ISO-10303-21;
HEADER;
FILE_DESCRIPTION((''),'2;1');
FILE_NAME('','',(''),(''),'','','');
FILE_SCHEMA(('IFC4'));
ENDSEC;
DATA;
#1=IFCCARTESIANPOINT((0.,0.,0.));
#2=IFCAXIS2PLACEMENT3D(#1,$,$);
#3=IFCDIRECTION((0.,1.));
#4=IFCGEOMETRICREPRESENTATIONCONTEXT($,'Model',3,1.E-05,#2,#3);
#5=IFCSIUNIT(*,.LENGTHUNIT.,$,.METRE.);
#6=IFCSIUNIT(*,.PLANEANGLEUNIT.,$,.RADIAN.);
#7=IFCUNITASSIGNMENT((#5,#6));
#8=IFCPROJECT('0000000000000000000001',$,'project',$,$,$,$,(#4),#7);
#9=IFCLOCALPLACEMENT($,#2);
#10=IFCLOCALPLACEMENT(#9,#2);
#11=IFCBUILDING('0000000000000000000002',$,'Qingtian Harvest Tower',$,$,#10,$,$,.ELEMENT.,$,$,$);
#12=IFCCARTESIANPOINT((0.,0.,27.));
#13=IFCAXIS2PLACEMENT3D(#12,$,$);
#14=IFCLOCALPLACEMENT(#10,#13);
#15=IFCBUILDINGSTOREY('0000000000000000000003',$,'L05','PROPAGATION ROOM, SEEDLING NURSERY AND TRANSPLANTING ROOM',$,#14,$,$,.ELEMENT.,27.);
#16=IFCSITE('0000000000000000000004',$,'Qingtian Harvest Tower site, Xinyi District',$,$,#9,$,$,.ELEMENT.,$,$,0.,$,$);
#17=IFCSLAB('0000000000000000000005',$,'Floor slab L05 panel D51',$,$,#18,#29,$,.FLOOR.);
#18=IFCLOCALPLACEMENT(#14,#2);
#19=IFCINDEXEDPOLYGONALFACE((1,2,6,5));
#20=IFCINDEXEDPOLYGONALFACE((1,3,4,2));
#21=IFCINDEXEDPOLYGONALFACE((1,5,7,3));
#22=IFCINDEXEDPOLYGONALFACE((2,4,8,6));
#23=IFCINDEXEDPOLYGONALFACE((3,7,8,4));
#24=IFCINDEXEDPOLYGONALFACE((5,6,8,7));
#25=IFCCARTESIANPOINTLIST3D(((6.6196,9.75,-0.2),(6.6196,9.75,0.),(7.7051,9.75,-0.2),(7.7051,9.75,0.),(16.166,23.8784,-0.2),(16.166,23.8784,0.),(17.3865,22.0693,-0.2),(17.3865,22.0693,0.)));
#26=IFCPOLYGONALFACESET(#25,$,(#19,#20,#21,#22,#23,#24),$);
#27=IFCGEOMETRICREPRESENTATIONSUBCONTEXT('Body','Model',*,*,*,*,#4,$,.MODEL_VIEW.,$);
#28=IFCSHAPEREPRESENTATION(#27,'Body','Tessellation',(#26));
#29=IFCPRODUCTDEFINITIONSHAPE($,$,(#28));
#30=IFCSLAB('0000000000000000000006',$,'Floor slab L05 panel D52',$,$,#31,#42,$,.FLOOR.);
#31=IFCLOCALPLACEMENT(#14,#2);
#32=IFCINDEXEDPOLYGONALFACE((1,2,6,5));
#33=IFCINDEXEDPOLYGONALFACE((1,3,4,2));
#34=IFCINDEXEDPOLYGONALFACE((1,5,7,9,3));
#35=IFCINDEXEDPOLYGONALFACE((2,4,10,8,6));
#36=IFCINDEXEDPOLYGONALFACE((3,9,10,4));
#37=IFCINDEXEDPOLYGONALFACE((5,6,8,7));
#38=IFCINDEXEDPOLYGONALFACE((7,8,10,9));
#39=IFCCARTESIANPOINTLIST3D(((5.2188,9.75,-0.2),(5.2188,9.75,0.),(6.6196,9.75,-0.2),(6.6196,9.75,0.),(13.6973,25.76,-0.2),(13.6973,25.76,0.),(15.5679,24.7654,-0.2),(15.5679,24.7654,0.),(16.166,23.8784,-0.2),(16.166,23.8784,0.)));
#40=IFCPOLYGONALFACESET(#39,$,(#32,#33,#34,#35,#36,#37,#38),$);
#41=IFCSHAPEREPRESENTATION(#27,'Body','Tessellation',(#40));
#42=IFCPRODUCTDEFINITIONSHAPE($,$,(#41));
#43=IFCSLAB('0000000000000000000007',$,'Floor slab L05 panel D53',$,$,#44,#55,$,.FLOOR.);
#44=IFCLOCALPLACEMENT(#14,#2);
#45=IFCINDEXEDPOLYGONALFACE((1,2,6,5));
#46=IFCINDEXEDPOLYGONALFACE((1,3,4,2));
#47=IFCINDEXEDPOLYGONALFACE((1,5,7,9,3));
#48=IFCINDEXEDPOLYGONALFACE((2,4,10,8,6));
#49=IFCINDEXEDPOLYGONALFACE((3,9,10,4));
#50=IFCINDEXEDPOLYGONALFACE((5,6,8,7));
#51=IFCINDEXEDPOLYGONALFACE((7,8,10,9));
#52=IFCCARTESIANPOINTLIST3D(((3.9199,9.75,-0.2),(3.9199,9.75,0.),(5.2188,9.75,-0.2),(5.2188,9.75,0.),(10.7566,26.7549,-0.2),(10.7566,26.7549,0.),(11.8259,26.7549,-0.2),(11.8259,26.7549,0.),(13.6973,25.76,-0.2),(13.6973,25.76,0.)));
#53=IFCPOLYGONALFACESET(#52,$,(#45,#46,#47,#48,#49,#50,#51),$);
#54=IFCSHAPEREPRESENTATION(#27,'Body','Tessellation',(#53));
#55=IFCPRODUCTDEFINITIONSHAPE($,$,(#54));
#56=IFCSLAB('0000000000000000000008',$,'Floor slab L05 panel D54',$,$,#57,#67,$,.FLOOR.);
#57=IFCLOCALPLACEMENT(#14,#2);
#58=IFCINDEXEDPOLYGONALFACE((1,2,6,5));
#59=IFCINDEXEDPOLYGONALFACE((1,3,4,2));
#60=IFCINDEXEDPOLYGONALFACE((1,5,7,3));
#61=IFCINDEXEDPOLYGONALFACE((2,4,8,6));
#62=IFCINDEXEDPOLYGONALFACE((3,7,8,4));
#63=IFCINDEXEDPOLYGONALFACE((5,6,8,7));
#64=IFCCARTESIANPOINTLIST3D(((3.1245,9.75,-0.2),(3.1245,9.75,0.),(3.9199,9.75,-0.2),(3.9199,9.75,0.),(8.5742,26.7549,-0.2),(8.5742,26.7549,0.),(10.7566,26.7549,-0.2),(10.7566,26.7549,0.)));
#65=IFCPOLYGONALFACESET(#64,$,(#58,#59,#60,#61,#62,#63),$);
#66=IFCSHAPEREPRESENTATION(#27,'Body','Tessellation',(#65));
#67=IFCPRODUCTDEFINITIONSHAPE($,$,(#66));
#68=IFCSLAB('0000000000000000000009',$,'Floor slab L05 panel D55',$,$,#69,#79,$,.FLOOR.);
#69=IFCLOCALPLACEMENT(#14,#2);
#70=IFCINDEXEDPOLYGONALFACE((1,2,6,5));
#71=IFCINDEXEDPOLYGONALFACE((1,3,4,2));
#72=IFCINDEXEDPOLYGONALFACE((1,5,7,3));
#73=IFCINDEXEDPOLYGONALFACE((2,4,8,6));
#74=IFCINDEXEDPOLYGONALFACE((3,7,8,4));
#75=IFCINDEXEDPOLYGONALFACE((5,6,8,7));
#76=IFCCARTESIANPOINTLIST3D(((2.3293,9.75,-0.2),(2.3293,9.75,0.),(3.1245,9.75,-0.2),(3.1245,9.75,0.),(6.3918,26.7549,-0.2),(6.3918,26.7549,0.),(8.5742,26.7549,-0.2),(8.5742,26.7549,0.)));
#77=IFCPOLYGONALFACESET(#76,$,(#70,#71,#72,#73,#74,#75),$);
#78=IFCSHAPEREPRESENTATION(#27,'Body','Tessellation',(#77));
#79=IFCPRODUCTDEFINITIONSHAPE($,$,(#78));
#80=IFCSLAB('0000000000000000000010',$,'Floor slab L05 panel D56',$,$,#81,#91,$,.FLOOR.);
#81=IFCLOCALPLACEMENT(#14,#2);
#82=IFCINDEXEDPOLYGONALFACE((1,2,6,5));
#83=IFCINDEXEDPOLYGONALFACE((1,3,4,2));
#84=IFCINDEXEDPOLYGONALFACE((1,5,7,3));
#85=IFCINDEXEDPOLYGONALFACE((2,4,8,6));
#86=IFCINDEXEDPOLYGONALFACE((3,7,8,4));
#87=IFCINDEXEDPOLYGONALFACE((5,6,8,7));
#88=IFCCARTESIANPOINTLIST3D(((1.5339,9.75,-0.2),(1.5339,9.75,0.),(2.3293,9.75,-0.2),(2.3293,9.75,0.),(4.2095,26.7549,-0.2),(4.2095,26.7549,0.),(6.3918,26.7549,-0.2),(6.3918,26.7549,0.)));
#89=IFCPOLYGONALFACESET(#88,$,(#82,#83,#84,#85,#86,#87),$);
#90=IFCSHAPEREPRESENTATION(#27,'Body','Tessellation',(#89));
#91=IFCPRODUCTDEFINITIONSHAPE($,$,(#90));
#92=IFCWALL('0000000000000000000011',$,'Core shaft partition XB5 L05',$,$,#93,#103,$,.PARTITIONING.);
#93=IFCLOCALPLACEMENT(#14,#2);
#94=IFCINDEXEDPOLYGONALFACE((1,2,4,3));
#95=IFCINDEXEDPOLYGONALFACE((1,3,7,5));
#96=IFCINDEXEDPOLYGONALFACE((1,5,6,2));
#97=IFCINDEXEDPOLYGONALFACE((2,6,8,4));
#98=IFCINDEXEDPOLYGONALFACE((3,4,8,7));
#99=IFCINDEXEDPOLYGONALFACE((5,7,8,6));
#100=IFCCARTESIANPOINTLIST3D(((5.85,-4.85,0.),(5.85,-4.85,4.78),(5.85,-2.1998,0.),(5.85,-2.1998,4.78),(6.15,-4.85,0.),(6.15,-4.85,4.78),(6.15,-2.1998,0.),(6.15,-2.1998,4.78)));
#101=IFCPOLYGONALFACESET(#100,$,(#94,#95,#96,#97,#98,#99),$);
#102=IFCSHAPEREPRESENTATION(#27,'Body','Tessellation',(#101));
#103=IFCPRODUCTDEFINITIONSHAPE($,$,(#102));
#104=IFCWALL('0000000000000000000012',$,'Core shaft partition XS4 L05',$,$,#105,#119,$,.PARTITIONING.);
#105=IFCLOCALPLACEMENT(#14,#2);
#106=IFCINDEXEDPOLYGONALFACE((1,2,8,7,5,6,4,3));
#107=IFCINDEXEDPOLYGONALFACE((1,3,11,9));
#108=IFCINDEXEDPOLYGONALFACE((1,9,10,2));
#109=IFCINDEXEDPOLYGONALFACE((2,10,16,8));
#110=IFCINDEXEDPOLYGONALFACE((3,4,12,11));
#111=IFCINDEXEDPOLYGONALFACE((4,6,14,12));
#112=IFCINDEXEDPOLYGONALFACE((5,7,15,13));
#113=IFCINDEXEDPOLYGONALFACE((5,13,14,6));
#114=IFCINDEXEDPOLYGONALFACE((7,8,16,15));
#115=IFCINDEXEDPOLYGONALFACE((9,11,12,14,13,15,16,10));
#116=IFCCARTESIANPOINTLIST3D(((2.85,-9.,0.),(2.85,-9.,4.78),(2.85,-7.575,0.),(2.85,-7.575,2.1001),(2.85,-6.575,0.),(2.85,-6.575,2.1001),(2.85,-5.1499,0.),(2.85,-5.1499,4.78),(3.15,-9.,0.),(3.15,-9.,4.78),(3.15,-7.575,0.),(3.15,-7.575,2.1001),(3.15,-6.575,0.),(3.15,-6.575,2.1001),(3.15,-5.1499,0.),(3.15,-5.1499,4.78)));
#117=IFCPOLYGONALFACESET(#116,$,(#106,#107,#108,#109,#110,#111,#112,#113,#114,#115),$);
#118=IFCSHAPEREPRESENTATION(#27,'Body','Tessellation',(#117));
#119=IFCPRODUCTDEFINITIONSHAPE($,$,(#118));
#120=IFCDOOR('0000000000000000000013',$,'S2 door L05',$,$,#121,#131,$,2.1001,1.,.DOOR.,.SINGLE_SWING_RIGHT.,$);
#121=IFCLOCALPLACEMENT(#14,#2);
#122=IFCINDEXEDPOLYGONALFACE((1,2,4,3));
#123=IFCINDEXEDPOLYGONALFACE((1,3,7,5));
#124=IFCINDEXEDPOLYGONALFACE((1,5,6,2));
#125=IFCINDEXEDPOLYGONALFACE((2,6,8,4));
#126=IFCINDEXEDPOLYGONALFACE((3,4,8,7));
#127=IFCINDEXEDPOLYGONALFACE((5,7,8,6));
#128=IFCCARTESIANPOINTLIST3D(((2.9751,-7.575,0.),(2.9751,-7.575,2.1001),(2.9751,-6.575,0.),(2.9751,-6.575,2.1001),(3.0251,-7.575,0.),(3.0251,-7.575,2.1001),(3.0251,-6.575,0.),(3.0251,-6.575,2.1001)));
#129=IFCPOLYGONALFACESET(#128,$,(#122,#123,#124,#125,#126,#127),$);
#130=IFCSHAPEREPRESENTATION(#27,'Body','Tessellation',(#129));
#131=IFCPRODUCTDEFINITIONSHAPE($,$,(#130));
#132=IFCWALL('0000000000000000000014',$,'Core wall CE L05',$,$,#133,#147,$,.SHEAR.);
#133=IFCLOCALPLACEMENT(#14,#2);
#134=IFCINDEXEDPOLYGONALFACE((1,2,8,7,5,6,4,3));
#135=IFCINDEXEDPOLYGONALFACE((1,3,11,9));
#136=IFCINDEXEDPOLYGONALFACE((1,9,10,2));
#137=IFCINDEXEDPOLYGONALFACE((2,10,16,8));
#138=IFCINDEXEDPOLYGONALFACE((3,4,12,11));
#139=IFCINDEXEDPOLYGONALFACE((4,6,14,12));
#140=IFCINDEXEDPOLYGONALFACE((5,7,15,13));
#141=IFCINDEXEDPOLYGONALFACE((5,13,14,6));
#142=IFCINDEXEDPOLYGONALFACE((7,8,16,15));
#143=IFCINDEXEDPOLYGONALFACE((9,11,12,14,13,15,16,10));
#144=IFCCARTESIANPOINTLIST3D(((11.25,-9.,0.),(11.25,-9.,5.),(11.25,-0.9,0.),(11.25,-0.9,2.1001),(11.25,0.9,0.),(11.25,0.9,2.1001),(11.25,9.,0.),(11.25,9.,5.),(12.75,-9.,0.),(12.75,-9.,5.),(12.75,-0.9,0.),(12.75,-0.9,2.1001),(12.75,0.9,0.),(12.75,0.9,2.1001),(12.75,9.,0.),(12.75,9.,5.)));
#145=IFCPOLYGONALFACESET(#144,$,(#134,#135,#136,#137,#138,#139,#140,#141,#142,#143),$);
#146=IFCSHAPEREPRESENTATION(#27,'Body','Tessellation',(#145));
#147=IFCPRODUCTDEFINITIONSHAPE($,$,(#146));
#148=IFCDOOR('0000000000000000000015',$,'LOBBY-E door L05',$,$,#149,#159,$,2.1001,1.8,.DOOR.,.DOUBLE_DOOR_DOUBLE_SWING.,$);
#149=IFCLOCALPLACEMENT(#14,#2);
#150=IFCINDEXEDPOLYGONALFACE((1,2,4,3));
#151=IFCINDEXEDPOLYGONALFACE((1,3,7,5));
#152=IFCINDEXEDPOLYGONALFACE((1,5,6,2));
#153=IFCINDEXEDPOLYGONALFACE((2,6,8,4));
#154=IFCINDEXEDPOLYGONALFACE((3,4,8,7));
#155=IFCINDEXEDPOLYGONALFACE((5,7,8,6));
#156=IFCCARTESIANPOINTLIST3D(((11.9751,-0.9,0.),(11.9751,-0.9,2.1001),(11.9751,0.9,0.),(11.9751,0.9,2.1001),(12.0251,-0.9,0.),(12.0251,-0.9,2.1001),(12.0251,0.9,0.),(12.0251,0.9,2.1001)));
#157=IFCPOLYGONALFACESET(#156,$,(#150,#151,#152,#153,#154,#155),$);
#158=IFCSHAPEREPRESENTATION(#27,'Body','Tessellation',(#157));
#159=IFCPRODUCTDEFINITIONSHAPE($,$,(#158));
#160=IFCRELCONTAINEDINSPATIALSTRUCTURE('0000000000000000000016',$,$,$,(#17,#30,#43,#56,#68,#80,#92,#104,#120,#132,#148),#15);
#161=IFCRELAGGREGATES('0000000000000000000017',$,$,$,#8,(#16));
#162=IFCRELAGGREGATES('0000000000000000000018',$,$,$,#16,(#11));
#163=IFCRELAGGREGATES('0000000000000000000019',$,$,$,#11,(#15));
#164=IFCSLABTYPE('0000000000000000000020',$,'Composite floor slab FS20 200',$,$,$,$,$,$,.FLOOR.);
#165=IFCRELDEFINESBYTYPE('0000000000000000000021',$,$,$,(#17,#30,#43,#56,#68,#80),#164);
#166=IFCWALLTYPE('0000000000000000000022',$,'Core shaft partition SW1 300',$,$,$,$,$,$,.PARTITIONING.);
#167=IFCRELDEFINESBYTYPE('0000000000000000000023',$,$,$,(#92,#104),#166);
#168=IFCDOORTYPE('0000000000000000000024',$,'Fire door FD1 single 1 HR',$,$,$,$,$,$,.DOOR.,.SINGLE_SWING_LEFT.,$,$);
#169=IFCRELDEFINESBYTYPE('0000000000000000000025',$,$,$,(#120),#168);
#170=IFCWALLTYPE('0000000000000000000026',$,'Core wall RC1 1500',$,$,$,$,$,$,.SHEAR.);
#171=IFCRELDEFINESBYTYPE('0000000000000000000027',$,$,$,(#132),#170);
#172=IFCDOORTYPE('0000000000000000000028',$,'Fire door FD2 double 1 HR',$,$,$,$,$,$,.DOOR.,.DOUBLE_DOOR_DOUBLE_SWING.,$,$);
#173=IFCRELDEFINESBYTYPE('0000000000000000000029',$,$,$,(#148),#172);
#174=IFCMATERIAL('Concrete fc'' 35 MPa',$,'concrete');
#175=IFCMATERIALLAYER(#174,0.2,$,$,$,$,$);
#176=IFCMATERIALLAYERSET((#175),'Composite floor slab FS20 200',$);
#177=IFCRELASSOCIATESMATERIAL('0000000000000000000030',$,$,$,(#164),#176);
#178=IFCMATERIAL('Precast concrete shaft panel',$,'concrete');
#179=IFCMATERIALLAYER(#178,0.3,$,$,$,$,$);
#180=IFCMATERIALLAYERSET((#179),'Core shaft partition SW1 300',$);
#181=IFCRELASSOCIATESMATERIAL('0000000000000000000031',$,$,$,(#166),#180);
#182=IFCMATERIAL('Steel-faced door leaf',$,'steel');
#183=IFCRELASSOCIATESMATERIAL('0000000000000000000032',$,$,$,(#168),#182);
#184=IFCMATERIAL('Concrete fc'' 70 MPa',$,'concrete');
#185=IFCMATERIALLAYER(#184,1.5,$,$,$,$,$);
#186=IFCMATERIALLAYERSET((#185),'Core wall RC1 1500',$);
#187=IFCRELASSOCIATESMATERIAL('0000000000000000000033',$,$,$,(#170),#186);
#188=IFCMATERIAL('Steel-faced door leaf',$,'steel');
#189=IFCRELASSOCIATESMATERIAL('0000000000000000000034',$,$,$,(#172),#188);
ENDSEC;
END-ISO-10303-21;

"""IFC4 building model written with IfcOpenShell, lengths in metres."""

from ifc_helpers import new_model, si_unit, direction, frame, frame_2d, origin, place, context, subcontext, project, spatial, polyline, rectangle, outline, extrude, material, layer, layer_set, type_object, element, fill, save


model = new_model("IFC4")

# Units and contexts
model_context = context("Model", 3, precision=1e-05, world=origin(), true_north=direction((0.0, 1.0)))
body_context = subcontext(model_context, "Body", "Model", "MODEL_VIEW")
ifc_project = project(units=[si_unit("LENGTHUNIT", "METRE"), si_unit("PLANEANGLEUNIT", "RADIAN")], contexts=[model_context])

# Site, building, storey
site_placement = place(None, origin())
site = spatial("IfcSite", under=ifc_project, at=site_placement, Name="Qingtian Harvest Tower site, Xinyi District", CompositionType="ELEMENT", RefElevation=0.0)
building_placement = place(site_placement, origin())
building = spatial("IfcBuilding", under=site, at=building_placement, Name="Qingtian Harvest Tower", CompositionType="ELEMENT")
storey_placement = place(building_placement, frame((0.0, 0.0, 27.0)))
storey = spatial("IfcBuildingStorey", under=building, at=storey_placement, Name="L05", Description="PROPAGATION ROOM, SEEDLING NURSERY AND TRANSPLANTING ROOM", CompositionType="ELEMENT", Elevation=27.0)

# Slabs
ifc_material_1 = material(Name="Concrete fc' 35 MPa", Category="concrete")
ifc_layer_1 = layer(ifc_material_1, 0.2)
ifc_layer_set_1 = layer_set([ifc_layer_1], Name="Composite floor slab FS20 200")
slab_type = type_object("IfcSlabType", Name="Composite floor slab FS20 200", PredefinedType="FLOOR", material=ifc_layer_set_1)
slab_1_placement = place(storey_placement, frame((0.0, 0.0, -0.2)))
element("IfcSlab", 1, at=slab_1_placement, inside=storey, type_object=slab_type, Name="Floor slab L05 panel D51", PredefinedType="FLOOR", context=body_context, shape_type="SweptSolid", body=[
    extrude(outline(polyline([(6.6196, 9.75), (16.166, 23.8784), (17.3865, 22.0693), (7.7051, 9.75), (6.6196, 9.75)])), origin(), (0.0, 0.0, 1.0), 0.2),
])
slab_2_placement = place(storey_placement, frame((0.0, 0.0, -0.2)))
element("IfcSlab", 2, at=slab_2_placement, inside=storey, type_object=slab_type, Name="Floor slab L05 panel D52", PredefinedType="FLOOR", context=body_context, shape_type="SweptSolid", body=[
    extrude(outline(polyline([(6.6196, 9.75), (5.2188, 9.75), (13.6973, 25.76), (15.5679, 24.7654), (16.166, 23.8784), (6.6196, 9.75)])), origin(), (0.0, 0.0, 1.0), 0.2),
])
slab_3_placement = place(storey_placement, frame((0.0, 0.0, -0.2)))
element("IfcSlab", 3, at=slab_3_placement, inside=storey, type_object=slab_type, Name="Floor slab L05 panel D53", PredefinedType="FLOOR", context=body_context, shape_type="SweptSolid", body=[
    extrude(outline(polyline([(3.9199, 9.75), (10.7566, 26.7549), (11.8259, 26.7549), (13.6973, 25.76), (5.2188, 9.75), (3.9199, 9.75)])), origin(), (0.0, 0.0, 1.0), 0.2),
])
slab_4_placement = place(storey_placement, frame((0.0, 0.0, -0.2)))
element("IfcSlab", 4, at=slab_4_placement, inside=storey, type_object=slab_type, Name="Floor slab L05 panel D54", PredefinedType="FLOOR", context=body_context, shape_type="SweptSolid", body=[
    extrude(outline(polyline([(3.1245, 9.75), (8.5742, 26.7549), (10.7566, 26.7549), (3.9199, 9.75), (3.1245, 9.75)])), origin(), (0.0, 0.0, 1.0), 0.2),
])
slab_5_placement = place(storey_placement, frame((0.0, 0.0, -0.2)))
element("IfcSlab", 5, at=slab_5_placement, inside=storey, type_object=slab_type, Name="Floor slab L05 panel D55", PredefinedType="FLOOR", context=body_context, shape_type="SweptSolid", body=[
    extrude(outline(polyline([(2.3293, 9.75), (6.3918, 26.7549), (8.5742, 26.7549), (3.1245, 9.75), (2.3293, 9.75)])), origin(), (0.0, 0.0, 1.0), 0.2),
])
slab_6_placement = place(storey_placement, frame((0.0, 0.0, -0.2)))
element("IfcSlab", 6, at=slab_6_placement, inside=storey, type_object=slab_type, Name="Floor slab L05 panel D56", PredefinedType="FLOOR", context=body_context, shape_type="SweptSolid", body=[
    extrude(outline(polyline([(1.5339, 9.75), (4.2095, 26.7549), (6.3918, 26.7549), (2.3293, 9.75), (1.5339, 9.75)])), origin(), (0.0, 0.0, 1.0), 0.2),
])

# Wall
ifc_material_2 = material(Name="Precast concrete shaft panel", Category="concrete")
ifc_layer_2 = layer(ifc_material_2, 0.3)
ifc_layer_set_2 = layer_set([ifc_layer_2], Name="Core shaft partition SW1 300")
wall_type_1 = type_object("IfcWallType", Name="Core shaft partition SW1 300", PredefinedType="PARTITIONING", material=ifc_layer_set_2)
wall_1_placement = place(storey_placement, frame((6.0, -4.8501, 0.0), z_axis=(0.0, 0.0, 1.0), x_axis=(0.0, 1.0, 0.0)))
element("IfcWall", 7, at=wall_1_placement, inside=storey, type_object=wall_type_1, Name="Core shaft partition XB5 L05", PredefinedType="PARTITIONING", context=body_context, shape_type="SweptSolid", body=[
    extrude(rectangle(XDim=2.6501, YDim=0.3, at=frame_2d((1.3252, 0.0))), origin(), (0.0, 0.0, 1.0), 4.78),
])

# Walls, openings, doors
wall_2_placement = place(storey_placement, frame((3.0, -9.0, 0.0), z_axis=(0.0, 0.0, 1.0), x_axis=(0.0, 1.0, 0.0)))
wall_2 = element("IfcWall", 8, at=wall_2_placement, inside=storey, type_object=wall_type_1, Name="Core shaft partition XS4 L05", PredefinedType="PARTITIONING", context=body_context, shape_type="SweptSolid", body=[
    extrude(rectangle(XDim=3.8501, YDim=0.3, at=frame_2d((1.925, 0.0))), origin(), (0.0, 0.0, 1.0), 4.78),
])
opening_1_placement = place(wall_2_placement, frame((1.425, 0.0, 0.0)))
opening_1 = element("IfcOpeningElement", 9, at=opening_1_placement, cuts=wall_2, PredefinedType="OPENING", context=body_context, shape_type="SweptSolid", body=[
    extrude(rectangle(XDim=1.0, YDim=2.1001, at=frame_2d((0.5, 1.05))), frame((0.0, 0.1599, 0.0), z_axis=(0.0, -1.0, 0.0), x_axis=(1.0, 0.0, 0.0)), (0.0, 0.0, 1.0), 0.3201),
])
ifc_material_3 = material(Name="Steel-faced door leaf", Category="steel")
door_type_1 = type_object("IfcDoorType", Name="Fire door FD1 single 1 HR", OperationType="SINGLE_SWING_LEFT", PredefinedType="DOOR", material=ifc_material_3)
door_1_placement = place(opening_1_placement, origin())
door_1 = element("IfcDoor", 10, at=door_1_placement, inside=storey, type_object=door_type_1, Name="S2 door L05", OperationType="SINGLE_SWING_RIGHT", OverallHeight=2.1001, OverallWidth=1.0, PredefinedType="DOOR", context=body_context, shape_type="SweptSolid", body=[
    extrude(rectangle(XDim=1.0, YDim=2.1001, at=frame_2d((0.5, 1.05))), frame((0.0, 0.0249, 0.0), z_axis=(0.0, -1.0, 0.0), x_axis=(1.0, 0.0, 0.0)), (0.0, 0.0, 1.0), 0.05),
])
fill(opening_1, door_1)
ifc_material_4 = material(Name="Concrete fc' 70 MPa", Category="concrete")
ifc_layer_3 = layer(ifc_material_4, 1.5)
ifc_layer_set_3 = layer_set([ifc_layer_3], Name="Core wall RC1 1500")
wall_type_2 = type_object("IfcWallType", Name="Core wall RC1 1500", PredefinedType="SHEAR", material=ifc_layer_set_3)
wall_3_placement = place(storey_placement, frame((12.0, -9.0, 0.0), z_axis=(0.0, 0.0, 1.0), x_axis=(0.0, 1.0, 0.0)))
wall_3 = element("IfcWall", 11, at=wall_3_placement, inside=storey, type_object=wall_type_2, Name="Core wall CE L05", PredefinedType="SHEAR", context=body_context, shape_type="SweptSolid", body=[
    extrude(rectangle(XDim=18.0, YDim=1.5, at=frame_2d((9.0, 0.0))), origin(), (0.0, 0.0, 1.0), 5.0),
])
opening_2_placement = place(wall_3_placement, frame((8.1001, 0.0, 0.0)))
opening_2 = element("IfcOpeningElement", 12, at=opening_2_placement, cuts=wall_3, PredefinedType="OPENING", context=body_context, shape_type="SweptSolid", body=[
    extrude(rectangle(XDim=1.8, YDim=2.1001, at=frame_2d((0.8999, 1.05))), frame((0.0, 0.76, 0.0), z_axis=(0.0, -1.0, 0.0), x_axis=(1.0, 0.0, 0.0)), (0.0, 0.0, 1.0), 1.52),
])
ifc_material_5 = material(Name="Steel-faced door leaf", Category="steel")
door_type_2 = type_object("IfcDoorType", Name="Fire door FD2 double 1 HR", OperationType="DOUBLE_DOOR_DOUBLE_SWING", PredefinedType="DOOR", material=ifc_material_5)
door_2_placement = place(opening_2_placement, origin())
door_2 = element("IfcDoor", 13, at=door_2_placement, inside=storey, type_object=door_type_2, Name="LOBBY-E door L05", OperationType="DOUBLE_DOOR_DOUBLE_SWING", OverallHeight=2.1001, OverallWidth=1.8, PredefinedType="DOOR", context=body_context, shape_type="SweptSolid", body=[
    extrude(rectangle(XDim=1.8, YDim=2.1001, at=frame_2d((0.8999, 1.05))), frame((0.0, 0.0249, 0.0), z_axis=(0.0, -1.0, 0.0), x_axis=(1.0, 0.0, 0.0)), (0.0, 0.0, 1.0), 0.05),
])
fill(opening_2, door_2)

save(model, "model.ifc")
